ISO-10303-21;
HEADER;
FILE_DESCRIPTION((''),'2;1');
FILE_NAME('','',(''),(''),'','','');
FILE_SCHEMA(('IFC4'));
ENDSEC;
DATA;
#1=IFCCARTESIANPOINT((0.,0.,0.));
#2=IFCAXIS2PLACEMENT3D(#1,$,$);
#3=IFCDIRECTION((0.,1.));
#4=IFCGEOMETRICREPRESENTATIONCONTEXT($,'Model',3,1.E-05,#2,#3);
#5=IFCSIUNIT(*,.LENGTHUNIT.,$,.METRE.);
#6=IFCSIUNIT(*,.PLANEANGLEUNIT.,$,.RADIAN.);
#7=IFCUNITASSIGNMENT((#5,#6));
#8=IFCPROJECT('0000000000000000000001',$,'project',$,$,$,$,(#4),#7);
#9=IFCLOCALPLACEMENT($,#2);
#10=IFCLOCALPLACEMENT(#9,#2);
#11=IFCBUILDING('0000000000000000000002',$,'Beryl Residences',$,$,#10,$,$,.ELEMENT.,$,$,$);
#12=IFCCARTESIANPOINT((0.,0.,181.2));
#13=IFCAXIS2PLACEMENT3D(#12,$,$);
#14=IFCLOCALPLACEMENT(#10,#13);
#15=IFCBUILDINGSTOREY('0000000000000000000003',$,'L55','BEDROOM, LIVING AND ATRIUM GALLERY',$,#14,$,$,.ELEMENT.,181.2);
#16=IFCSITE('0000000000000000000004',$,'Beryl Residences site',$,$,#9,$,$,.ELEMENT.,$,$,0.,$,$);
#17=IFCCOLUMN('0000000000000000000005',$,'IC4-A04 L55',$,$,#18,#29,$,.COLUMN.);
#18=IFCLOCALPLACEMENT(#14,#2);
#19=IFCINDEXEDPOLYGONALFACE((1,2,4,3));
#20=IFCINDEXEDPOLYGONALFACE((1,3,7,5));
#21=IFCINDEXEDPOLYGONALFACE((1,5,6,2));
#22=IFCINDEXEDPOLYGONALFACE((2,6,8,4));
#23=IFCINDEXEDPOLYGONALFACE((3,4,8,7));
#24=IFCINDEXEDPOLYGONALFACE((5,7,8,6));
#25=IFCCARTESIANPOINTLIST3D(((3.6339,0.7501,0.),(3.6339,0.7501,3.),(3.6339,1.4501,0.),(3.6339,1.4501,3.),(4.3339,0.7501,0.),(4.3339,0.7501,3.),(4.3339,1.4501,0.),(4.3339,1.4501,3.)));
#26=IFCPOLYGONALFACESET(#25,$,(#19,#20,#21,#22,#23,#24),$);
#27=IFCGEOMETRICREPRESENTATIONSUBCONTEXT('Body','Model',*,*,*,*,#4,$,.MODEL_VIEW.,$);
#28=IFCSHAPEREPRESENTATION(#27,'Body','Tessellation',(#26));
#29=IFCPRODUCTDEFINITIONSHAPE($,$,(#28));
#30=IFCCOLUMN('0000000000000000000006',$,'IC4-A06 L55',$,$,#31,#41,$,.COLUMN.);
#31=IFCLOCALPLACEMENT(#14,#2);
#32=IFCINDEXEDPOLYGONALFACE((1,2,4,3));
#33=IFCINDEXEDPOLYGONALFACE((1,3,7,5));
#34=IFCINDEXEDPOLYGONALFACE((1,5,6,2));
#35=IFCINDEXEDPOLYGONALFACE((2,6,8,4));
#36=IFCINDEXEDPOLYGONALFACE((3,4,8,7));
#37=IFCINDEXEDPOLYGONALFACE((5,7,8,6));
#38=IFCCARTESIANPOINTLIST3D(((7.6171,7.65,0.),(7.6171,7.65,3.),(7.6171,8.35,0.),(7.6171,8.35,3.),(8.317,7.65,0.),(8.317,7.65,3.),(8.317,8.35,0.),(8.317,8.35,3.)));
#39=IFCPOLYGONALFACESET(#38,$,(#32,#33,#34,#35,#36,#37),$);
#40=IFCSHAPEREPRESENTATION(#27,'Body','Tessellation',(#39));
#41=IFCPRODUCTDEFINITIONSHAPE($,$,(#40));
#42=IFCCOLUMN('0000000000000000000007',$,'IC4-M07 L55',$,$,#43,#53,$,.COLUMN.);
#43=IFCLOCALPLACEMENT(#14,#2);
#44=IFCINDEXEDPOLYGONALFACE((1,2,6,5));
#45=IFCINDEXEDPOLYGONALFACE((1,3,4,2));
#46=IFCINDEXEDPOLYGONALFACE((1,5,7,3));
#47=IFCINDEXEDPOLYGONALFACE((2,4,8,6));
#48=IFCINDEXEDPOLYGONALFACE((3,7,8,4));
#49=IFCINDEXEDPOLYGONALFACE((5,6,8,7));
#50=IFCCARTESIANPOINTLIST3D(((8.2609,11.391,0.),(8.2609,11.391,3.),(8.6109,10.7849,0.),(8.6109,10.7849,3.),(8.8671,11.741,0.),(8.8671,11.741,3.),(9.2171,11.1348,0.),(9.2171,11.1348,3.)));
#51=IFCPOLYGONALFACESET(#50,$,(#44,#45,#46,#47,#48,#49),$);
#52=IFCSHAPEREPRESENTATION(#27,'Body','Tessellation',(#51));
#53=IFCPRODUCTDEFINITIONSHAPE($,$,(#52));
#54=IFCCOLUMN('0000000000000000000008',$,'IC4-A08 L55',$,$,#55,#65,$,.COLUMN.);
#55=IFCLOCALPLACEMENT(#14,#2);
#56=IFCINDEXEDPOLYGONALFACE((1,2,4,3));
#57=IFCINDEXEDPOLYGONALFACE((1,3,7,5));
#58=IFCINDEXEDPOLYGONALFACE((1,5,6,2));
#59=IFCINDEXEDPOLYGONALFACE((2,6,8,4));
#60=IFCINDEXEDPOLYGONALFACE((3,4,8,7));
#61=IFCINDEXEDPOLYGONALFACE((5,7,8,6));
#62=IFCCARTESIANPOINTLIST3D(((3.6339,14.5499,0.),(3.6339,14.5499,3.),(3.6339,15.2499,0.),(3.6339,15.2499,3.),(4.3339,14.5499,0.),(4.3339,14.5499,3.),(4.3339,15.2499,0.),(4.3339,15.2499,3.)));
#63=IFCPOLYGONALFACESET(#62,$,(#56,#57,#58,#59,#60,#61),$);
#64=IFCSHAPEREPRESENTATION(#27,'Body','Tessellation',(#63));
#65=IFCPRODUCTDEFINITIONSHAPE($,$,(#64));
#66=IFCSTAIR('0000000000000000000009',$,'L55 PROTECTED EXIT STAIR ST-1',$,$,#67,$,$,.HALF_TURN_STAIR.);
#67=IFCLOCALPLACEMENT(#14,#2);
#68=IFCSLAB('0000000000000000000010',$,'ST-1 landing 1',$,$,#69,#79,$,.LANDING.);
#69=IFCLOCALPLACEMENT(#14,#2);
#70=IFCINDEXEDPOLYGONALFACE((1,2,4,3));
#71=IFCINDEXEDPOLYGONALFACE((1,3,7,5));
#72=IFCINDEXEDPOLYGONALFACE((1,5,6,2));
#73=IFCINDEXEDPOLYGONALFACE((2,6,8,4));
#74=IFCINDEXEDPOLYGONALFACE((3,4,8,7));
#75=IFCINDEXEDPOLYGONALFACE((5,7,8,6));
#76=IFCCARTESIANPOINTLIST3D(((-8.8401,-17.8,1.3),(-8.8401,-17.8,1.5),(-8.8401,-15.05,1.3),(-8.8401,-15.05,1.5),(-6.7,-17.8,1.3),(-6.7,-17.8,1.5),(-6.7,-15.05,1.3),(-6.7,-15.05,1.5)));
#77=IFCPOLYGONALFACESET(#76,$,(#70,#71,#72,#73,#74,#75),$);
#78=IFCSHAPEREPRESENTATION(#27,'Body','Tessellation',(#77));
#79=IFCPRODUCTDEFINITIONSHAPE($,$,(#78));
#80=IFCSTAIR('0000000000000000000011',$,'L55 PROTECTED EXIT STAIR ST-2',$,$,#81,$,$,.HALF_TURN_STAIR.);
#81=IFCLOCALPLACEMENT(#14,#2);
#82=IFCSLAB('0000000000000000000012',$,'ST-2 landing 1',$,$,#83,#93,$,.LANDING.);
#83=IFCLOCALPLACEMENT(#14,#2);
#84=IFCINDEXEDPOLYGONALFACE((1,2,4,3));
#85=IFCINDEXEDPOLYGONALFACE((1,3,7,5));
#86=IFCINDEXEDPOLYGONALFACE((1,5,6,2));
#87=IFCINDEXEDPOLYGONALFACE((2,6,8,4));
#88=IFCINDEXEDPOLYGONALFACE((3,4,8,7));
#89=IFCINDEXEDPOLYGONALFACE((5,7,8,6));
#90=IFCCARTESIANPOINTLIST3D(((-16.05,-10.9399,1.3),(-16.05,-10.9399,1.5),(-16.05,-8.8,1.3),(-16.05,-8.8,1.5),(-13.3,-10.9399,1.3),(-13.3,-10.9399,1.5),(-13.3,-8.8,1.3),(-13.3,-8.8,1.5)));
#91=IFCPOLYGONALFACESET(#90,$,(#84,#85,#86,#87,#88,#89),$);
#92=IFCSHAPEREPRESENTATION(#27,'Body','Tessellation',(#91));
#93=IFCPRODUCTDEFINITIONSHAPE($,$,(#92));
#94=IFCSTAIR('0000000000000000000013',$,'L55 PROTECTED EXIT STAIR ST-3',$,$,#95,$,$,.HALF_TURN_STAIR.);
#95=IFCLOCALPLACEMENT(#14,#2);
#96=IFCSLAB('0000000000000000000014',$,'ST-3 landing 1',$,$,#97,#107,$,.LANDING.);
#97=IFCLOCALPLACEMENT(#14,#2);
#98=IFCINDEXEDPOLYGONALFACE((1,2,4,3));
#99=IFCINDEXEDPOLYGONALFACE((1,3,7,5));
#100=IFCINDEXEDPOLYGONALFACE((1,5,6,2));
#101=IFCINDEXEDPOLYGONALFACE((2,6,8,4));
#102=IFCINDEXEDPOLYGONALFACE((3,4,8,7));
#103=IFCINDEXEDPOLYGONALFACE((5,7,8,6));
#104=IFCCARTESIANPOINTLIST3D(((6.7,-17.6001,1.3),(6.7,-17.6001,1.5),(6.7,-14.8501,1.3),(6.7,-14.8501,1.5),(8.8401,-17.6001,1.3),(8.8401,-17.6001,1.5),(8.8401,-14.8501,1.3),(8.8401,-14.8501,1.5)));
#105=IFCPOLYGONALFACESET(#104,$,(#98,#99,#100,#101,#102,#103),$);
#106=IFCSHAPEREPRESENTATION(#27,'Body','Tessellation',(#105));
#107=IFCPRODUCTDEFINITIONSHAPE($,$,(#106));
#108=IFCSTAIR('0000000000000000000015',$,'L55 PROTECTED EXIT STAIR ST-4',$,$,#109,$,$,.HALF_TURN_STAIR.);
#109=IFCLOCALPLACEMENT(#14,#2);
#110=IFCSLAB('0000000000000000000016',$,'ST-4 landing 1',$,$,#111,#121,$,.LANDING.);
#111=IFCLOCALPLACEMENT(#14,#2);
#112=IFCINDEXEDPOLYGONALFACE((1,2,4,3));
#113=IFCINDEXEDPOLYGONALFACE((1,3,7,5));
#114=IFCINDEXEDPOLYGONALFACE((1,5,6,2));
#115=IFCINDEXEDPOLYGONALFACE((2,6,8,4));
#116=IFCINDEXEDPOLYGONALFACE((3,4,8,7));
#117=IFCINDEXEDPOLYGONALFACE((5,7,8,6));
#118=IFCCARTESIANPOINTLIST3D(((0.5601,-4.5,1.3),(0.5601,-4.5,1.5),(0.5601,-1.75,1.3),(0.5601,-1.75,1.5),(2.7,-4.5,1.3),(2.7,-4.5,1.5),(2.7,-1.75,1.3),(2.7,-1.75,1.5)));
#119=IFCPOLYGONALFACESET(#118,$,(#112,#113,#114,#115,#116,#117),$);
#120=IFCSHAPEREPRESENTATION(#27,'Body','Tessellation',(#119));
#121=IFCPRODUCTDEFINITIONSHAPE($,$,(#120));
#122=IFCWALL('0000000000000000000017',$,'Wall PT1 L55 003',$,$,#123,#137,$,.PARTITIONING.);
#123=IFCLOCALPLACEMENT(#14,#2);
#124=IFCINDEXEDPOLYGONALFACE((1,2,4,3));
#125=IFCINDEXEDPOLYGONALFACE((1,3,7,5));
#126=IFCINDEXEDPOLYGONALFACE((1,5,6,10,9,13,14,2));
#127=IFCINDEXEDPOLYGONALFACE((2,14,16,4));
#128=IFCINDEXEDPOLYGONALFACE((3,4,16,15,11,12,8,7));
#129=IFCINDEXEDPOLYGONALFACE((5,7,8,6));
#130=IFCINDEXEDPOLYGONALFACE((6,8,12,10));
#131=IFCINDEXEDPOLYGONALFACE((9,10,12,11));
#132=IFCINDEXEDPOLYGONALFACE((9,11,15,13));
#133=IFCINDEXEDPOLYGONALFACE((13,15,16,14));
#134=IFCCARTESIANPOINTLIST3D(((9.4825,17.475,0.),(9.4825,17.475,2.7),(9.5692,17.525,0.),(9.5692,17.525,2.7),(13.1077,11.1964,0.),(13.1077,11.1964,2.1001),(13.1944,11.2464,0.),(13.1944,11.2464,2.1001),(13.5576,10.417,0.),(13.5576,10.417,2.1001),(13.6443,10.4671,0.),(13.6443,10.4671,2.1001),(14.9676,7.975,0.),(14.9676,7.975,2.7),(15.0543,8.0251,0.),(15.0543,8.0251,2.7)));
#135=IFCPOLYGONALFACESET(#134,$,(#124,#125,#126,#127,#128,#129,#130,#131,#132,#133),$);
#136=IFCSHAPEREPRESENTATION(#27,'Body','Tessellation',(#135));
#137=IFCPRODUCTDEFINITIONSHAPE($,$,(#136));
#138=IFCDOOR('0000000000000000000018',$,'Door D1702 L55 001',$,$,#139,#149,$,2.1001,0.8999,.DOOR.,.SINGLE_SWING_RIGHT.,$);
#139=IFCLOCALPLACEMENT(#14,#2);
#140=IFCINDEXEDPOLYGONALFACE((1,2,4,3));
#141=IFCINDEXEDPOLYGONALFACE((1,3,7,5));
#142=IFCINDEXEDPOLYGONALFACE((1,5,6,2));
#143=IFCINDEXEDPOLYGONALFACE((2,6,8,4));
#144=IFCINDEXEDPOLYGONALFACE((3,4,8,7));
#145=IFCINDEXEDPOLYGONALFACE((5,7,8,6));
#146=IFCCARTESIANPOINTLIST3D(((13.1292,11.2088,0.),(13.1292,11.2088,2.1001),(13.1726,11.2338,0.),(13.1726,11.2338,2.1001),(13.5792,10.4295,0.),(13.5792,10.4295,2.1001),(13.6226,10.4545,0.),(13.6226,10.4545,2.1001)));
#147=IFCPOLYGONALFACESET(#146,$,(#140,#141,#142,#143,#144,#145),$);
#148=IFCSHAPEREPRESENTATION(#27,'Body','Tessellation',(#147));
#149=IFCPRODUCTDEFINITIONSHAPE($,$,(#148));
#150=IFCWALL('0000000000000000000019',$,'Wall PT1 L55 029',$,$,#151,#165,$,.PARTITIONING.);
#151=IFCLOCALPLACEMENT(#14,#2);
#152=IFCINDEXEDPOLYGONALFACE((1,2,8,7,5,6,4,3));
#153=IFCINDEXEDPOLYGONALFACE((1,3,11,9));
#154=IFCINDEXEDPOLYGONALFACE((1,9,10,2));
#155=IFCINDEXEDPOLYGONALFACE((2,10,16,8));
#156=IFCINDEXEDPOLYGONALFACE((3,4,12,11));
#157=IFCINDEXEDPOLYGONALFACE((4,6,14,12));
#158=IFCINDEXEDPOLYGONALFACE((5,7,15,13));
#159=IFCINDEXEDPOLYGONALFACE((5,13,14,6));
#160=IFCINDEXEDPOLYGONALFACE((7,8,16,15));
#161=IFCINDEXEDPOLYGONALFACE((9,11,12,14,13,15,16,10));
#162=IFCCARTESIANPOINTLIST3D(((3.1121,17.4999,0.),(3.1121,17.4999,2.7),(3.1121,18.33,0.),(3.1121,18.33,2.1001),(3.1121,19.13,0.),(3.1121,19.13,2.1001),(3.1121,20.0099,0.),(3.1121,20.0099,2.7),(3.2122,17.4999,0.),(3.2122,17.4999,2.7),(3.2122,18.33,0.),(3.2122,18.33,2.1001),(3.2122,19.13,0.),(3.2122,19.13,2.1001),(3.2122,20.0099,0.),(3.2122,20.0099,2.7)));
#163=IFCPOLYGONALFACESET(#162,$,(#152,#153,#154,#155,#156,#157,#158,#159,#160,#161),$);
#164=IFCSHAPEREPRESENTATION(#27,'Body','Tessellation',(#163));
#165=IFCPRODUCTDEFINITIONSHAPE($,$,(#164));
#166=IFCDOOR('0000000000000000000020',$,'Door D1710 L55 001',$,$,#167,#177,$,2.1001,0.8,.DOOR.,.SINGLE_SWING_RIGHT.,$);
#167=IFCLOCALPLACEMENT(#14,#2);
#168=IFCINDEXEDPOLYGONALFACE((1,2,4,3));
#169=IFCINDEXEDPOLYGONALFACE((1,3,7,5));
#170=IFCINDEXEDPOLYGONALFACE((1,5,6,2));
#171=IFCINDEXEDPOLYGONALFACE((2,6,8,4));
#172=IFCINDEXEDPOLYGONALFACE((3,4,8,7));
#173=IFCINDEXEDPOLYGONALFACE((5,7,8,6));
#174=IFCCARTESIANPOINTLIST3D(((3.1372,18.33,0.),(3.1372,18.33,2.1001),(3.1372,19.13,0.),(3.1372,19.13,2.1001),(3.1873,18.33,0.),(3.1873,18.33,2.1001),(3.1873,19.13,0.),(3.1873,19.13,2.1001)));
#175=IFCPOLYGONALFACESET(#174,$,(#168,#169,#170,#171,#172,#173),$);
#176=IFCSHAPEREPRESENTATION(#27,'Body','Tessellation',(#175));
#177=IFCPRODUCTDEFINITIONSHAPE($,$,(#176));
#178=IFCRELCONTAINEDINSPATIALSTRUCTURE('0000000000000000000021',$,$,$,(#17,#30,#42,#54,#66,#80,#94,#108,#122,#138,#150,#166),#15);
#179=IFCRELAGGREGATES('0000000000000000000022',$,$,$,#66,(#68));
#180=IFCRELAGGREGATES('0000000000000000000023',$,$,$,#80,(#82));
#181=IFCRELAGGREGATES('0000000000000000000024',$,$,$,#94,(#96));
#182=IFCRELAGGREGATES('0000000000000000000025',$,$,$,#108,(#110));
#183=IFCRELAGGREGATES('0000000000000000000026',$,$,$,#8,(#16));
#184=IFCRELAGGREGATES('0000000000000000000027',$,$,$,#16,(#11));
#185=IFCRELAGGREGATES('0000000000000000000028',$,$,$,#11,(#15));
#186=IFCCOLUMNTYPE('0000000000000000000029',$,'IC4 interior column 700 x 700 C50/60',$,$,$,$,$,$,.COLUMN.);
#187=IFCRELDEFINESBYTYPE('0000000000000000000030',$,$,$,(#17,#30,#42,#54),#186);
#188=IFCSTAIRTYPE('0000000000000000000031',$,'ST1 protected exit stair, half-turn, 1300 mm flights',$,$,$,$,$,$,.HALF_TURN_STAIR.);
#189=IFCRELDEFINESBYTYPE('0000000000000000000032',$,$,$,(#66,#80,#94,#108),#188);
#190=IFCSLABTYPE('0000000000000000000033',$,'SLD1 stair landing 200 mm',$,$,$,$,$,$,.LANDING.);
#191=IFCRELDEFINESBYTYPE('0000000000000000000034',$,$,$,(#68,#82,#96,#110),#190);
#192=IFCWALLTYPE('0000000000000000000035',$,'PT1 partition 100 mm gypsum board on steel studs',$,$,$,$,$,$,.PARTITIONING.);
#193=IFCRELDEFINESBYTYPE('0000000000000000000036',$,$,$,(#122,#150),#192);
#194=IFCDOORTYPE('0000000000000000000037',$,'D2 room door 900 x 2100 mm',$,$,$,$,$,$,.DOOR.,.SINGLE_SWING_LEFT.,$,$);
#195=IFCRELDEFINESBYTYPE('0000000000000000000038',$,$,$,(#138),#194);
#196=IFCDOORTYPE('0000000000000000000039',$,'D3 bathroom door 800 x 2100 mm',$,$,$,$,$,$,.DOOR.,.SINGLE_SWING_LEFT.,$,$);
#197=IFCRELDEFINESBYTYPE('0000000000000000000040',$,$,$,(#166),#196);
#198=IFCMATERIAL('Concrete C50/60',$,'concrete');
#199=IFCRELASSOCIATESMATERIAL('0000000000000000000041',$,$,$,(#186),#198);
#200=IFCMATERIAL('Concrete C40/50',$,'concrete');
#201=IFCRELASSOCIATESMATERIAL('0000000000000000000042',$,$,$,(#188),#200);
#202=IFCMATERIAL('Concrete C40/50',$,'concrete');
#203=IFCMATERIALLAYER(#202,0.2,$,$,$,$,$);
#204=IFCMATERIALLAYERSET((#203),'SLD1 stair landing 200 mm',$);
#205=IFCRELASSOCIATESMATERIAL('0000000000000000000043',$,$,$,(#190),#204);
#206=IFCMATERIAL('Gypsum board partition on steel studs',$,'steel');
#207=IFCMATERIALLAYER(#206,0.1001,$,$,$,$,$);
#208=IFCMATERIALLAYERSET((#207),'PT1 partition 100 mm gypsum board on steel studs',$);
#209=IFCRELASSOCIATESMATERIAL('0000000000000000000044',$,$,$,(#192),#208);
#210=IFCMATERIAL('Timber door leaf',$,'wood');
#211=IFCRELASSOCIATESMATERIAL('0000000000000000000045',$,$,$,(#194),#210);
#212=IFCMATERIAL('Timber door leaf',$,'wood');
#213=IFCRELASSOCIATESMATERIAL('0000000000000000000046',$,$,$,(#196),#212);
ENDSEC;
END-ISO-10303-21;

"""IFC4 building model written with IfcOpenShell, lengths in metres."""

from ifc_helpers import new_model, si_unit, direction, frame, frame_2d, origin, origin_2d, place, context, subcontext, project, spatial, polyline, rectangle, outline, extrude, material, layer, layer_set, material_profile, profile_set, type_object, element, fill, aggregate, save


model = new_model("IFC4")

# Units and contexts
model_context = context("Model", 3, precision=1e-05, world=origin(), true_north=direction((0.0, 1.0)))
body_context = subcontext(model_context, "Body", "Model", "MODEL_VIEW")
ifc_project = project(units=[si_unit("LENGTHUNIT", "METRE"), si_unit("PLANEANGLEUNIT", "RADIAN")], contexts=[model_context])

# Site, building, storey
site_placement = place(None, origin())
site = spatial("IfcSite", under=ifc_project, at=site_placement, Name="Beryl Residences site", CompositionType="ELEMENT", RefElevation=0.0)
building_placement = place(site_placement, origin())
building = spatial("IfcBuilding", under=site, at=building_placement, Name="Beryl Residences", CompositionType="ELEMENT")
storey_placement = place(building_placement, frame((0.0, 0.0, 181.2)))
storey = spatial("IfcBuildingStorey", under=building, at=storey_placement, Name="L55", Description="BEDROOM, LIVING AND ATRIUM GALLERY", CompositionType="ELEMENT", Elevation=181.2)

# Columns
ifc_material_1 = material(Name="Concrete C50/60", Category="concrete")
ifc_material_profile = material_profile(ifc_material_1, rectangle(XDim=0.7, YDim=0.7, at=origin_2d()))
ifc_profile_set = profile_set([ifc_material_profile], Name="Concrete C50/60")
column_type = type_object("IfcColumnType", Name="IC4 interior column 700 x 700 C50/60", PredefinedType="COLUMN", material=ifc_profile_set)
for number, where, z_axis, x_axis, name in (
    (1, (3.9839, 1.1001, 0.0), (0.0, 0.0, 1.0), (1.0, 0.0, 0.0), "IC4-A04 L55"),
    (2, (7.967, 8.0, 0.0), (0.0, 0.0, 1.0), (1.0, 0.0, 0.0), "IC4-A06 L55"),
    (3, (8.739, 11.2629, 0.0), (0.0, 0.0, 1.0), (-0.5, 0.866025, 0.0), "IC4-M07 L55"),
    (4, (3.9839, 14.8999, 0.0), (0.0, 0.0, 1.0), (1.0, 0.0, 0.0), "IC4-A08 L55"),
):
    element("IfcColumn", number, at=place(storey_placement, frame(where, z_axis=z_axis, x_axis=x_axis)), inside=storey, type_object=column_type, Name=name, PredefinedType="COLUMN", context=body_context, shape_type="SweptSolid", body=[
        extrude(rectangle(XDim=0.7, YDim=0.7, at=origin_2d()), origin(), (0.0, 0.0, 1.0), 3.0),
    ])

# Stairs, slabs
ifc_material_2 = material(Name="Concrete C40/50", Category="concrete")
stair_type = type_object("IfcStairType", Name="ST1 protected exit stair, half-turn, 1300 mm flights", PredefinedType="HALF_TURN_STAIR", material=ifc_material_2)
stair_1_placement = place(storey_placement, origin())
stair_1 = element("IfcStair", 5, at=stair_1_placement, inside=storey, type_object=stair_type, Name="L55 PROTECTED EXIT STAIR ST-1", PredefinedType="HALF_TURN_STAIR")
ifc_material_3 = material(Name="Concrete C40/50", Category="concrete")
ifc_layer_1 = layer(ifc_material_3, 0.2)
ifc_layer_set_1 = layer_set([ifc_layer_1], Name="SLD1 stair landing 200 mm")
slab_type_1 = type_object("IfcSlabType", Name="SLD1 stair landing 200 mm", PredefinedType="LANDING", material=ifc_layer_set_1)
slab_1_placement = place(storey_placement, frame((0.0, 0.0, 1.3)))
slab_1 = element("IfcSlab", 6, at=slab_1_placement, type_object=slab_type_1, Name="ST-1 landing 1", PredefinedType="LANDING", context=body_context, shape_type="SweptSolid", body=[
    extrude(outline(polyline([(-8.8401, -17.8), (-6.7, -17.8), (-6.7, -15.05), (-8.8401, -15.05), (-8.8401, -17.8)])), origin(), (0.0, 0.0, 1.0), 0.2),
])
aggregate(stair_1, [slab_1])
stair_2_placement = place(storey_placement, origin())
stair_2 = element("IfcStair", 7, at=stair_2_placement, inside=storey, type_object=stair_type, Name="L55 PROTECTED EXIT STAIR ST-2", PredefinedType="HALF_TURN_STAIR")
slab_2_placement = place(storey_placement, frame((0.0, 0.0, 1.3)))
slab_2 = element("IfcSlab", 8, at=slab_2_placement, type_object=slab_type_1, Name="ST-2 landing 1", PredefinedType="LANDING", context=body_context, shape_type="SweptSolid", body=[
    extrude(outline(polyline([(-13.3, -10.9399), (-13.3, -8.8), (-16.05, -8.8), (-16.05, -10.9399), (-13.3, -10.9399)])), origin(), (0.0, 0.0, 1.0), 0.2),
])
aggregate(stair_2, [slab_2])
stair_3_placement = place(storey_placement, origin())
stair_3 = element("IfcStair", 9, at=stair_3_placement, inside=storey, type_object=stair_type, Name="L55 PROTECTED EXIT STAIR ST-3", PredefinedType="HALF_TURN_STAIR")
slab_3_placement = place(storey_placement, frame((0.0, 0.0, 1.3)))
slab_3 = element("IfcSlab", 10, at=slab_3_placement, type_object=slab_type_1, Name="ST-3 landing 1", PredefinedType="LANDING", context=body_context, shape_type="SweptSolid", body=[
    extrude(outline(polyline([(8.8401, -14.8501), (6.7, -14.8501), (6.7, -17.6001), (8.8401, -17.6001), (8.8401, -14.8501)])), origin(), (0.0, 0.0, 1.0), 0.2),
])
aggregate(stair_3, [slab_3])
stair_4_placement = place(storey_placement, origin())
stair_4 = element("IfcStair", 11, at=stair_4_placement, inside=storey, type_object=stair_type, Name="L55 PROTECTED EXIT STAIR ST-4", PredefinedType="HALF_TURN_STAIR")
slab_4_placement = place(storey_placement, frame((0.0, 0.0, 1.3)))
slab_4 = element("IfcSlab", 12, at=slab_4_placement, type_object=slab_type_1, Name="ST-4 landing 1", PredefinedType="LANDING", context=body_context, shape_type="SweptSolid", body=[
    extrude(outline(polyline([(0.5601, -4.5), (2.7, -4.5), (2.7, -1.75), (0.5601, -1.75), (0.5601, -4.5)])), origin(), (0.0, 0.0, 1.0), 0.2),
])
aggregate(stair_4, [slab_4])

# Walls, openings, doors
ifc_material_4 = material(Name="Gypsum board partition on steel studs", Category="steel")
ifc_layer_2 = layer(ifc_material_4, 0.1001)
ifc_layer_set_2 = layer_set([ifc_layer_2], Name="PT1 partition 100 mm gypsum board on steel studs")
wall_type_1 = type_object("IfcWallType", Name="PT1 partition 100 mm gypsum board on steel studs", PredefinedType="PARTITIONING", material=ifc_layer_set_2)
wall_1_placement = place(storey_placement, frame((9.5259, 17.5, 0.0), z_axis=(0.0, 0.0, 1.0), x_axis=(0.500019, -0.866014, 0.0)))
wall_1 = element("IfcWall", 13, at=wall_1_placement, inside=storey, type_object=wall_type_1, Name="Wall PT1 L55 003", PredefinedType="PARTITIONING", context=body_context, shape_type="SweptSolid", body=[
    extrude(rectangle(XDim=10.9697, YDim=0.1001, at=frame_2d((5.4849, 0.0))), origin(), (0.0, 0.0, 1.0), 2.7),
])
opening_1_placement = place(wall_1_placement, frame((7.25, 0.0, 0.0)))
opening_1 = element("IfcOpeningElement", 14, at=opening_1_placement, cuts=wall_1, PredefinedType="OPENING", context=body_context, shape_type="SweptSolid", body=[
    extrude(rectangle(XDim=0.8999, YDim=2.1001, at=frame_2d((0.45, 1.05))), frame((0.0, 0.0601, 0.0), z_axis=(0.0, -1.0, 0.0), x_axis=(1.0, 0.0, 0.0)), (0.0, 0.0, 1.0), 0.1201),
])
ifc_material_5 = material(Name="Timber door leaf", Category="wood")
door_type_1 = type_object("IfcDoorType", Name="D2 room door 900 x 2100 mm", OperationType="SINGLE_SWING_LEFT", PredefinedType="DOOR", material=ifc_material_5)
door_1_placement = place(opening_1_placement, origin())
door_1 = element("IfcDoor", 15, at=door_1_placement, inside=storey, type_object=door_type_1, Name="Door D1702 L55 001", OperationType="SINGLE_SWING_RIGHT", OverallHeight=2.1001, OverallWidth=0.8999, PredefinedType="DOOR", context=body_context, shape_type="SweptSolid", body=[
    extrude(rectangle(XDim=0.8999, YDim=2.1001, at=frame_2d((0.45, 1.05))), frame((0.0, 0.0249, 0.0), z_axis=(0.0, -1.0, 0.0), x_axis=(1.0, 0.0, 0.0)), (0.0, 0.0, 1.0), 0.05),
])
fill(opening_1, door_1)
wall_2_placement = place(storey_placement, frame((3.1621, 17.5, 0.0), z_axis=(0.0, 0.0, 1.0), x_axis=(0.0, 1.0, 0.0)))
wall_2 = element("IfcWall", 16, at=wall_2_placement, inside=storey, type_object=wall_type_1, Name="Wall PT1 L55 029", PredefinedType="PARTITIONING", context=body_context, shape_type="SweptSolid", body=[
    extrude(rectangle(XDim=2.51, YDim=0.1001, at=frame_2d((1.2549, 0.0))), origin(), (0.0, 0.0, 1.0), 2.7),
])
opening_2_placement = place(wall_2_placement, frame((0.8301, 0.0, 0.0)))
opening_2 = element("IfcOpeningElement", 17, at=opening_2_placement, cuts=wall_2, PredefinedType="OPENING", context=body_context, shape_type="SweptSolid", body=[
    extrude(rectangle(XDim=0.8, YDim=2.1001, at=frame_2d((0.3999, 1.05))), frame((0.0, 0.0601, 0.0), z_axis=(0.0, -1.0, 0.0), x_axis=(1.0, 0.0, 0.0)), (0.0, 0.0, 1.0), 0.1201),
])
ifc_material_6 = material(Name="Timber door leaf", Category="wood")
door_type_2 = type_object("IfcDoorType", Name="D3 bathroom door 800 x 2100 mm", OperationType="SINGLE_SWING_LEFT", PredefinedType="DOOR", material=ifc_material_6)
door_2_placement = place(opening_2_placement, origin())
door_2 = element("IfcDoor", 18, at=door_2_placement, inside=storey, type_object=door_type_2, Name="Door D1710 L55 001", OperationType="SINGLE_SWING_RIGHT", OverallHeight=2.1001, OverallWidth=0.8, PredefinedType="DOOR", context=body_context, shape_type="SweptSolid", body=[
    extrude(rectangle(XDim=0.8, YDim=2.1001, at=frame_2d((0.3999, 1.05))), frame((0.0, 0.0249, 0.0), z_axis=(0.0, -1.0, 0.0), x_axis=(1.0, 0.0, 0.0)), (0.0, 0.0, 1.0), 0.05),
])
fill(opening_2, door_2)

save(model, "model.ifc")
